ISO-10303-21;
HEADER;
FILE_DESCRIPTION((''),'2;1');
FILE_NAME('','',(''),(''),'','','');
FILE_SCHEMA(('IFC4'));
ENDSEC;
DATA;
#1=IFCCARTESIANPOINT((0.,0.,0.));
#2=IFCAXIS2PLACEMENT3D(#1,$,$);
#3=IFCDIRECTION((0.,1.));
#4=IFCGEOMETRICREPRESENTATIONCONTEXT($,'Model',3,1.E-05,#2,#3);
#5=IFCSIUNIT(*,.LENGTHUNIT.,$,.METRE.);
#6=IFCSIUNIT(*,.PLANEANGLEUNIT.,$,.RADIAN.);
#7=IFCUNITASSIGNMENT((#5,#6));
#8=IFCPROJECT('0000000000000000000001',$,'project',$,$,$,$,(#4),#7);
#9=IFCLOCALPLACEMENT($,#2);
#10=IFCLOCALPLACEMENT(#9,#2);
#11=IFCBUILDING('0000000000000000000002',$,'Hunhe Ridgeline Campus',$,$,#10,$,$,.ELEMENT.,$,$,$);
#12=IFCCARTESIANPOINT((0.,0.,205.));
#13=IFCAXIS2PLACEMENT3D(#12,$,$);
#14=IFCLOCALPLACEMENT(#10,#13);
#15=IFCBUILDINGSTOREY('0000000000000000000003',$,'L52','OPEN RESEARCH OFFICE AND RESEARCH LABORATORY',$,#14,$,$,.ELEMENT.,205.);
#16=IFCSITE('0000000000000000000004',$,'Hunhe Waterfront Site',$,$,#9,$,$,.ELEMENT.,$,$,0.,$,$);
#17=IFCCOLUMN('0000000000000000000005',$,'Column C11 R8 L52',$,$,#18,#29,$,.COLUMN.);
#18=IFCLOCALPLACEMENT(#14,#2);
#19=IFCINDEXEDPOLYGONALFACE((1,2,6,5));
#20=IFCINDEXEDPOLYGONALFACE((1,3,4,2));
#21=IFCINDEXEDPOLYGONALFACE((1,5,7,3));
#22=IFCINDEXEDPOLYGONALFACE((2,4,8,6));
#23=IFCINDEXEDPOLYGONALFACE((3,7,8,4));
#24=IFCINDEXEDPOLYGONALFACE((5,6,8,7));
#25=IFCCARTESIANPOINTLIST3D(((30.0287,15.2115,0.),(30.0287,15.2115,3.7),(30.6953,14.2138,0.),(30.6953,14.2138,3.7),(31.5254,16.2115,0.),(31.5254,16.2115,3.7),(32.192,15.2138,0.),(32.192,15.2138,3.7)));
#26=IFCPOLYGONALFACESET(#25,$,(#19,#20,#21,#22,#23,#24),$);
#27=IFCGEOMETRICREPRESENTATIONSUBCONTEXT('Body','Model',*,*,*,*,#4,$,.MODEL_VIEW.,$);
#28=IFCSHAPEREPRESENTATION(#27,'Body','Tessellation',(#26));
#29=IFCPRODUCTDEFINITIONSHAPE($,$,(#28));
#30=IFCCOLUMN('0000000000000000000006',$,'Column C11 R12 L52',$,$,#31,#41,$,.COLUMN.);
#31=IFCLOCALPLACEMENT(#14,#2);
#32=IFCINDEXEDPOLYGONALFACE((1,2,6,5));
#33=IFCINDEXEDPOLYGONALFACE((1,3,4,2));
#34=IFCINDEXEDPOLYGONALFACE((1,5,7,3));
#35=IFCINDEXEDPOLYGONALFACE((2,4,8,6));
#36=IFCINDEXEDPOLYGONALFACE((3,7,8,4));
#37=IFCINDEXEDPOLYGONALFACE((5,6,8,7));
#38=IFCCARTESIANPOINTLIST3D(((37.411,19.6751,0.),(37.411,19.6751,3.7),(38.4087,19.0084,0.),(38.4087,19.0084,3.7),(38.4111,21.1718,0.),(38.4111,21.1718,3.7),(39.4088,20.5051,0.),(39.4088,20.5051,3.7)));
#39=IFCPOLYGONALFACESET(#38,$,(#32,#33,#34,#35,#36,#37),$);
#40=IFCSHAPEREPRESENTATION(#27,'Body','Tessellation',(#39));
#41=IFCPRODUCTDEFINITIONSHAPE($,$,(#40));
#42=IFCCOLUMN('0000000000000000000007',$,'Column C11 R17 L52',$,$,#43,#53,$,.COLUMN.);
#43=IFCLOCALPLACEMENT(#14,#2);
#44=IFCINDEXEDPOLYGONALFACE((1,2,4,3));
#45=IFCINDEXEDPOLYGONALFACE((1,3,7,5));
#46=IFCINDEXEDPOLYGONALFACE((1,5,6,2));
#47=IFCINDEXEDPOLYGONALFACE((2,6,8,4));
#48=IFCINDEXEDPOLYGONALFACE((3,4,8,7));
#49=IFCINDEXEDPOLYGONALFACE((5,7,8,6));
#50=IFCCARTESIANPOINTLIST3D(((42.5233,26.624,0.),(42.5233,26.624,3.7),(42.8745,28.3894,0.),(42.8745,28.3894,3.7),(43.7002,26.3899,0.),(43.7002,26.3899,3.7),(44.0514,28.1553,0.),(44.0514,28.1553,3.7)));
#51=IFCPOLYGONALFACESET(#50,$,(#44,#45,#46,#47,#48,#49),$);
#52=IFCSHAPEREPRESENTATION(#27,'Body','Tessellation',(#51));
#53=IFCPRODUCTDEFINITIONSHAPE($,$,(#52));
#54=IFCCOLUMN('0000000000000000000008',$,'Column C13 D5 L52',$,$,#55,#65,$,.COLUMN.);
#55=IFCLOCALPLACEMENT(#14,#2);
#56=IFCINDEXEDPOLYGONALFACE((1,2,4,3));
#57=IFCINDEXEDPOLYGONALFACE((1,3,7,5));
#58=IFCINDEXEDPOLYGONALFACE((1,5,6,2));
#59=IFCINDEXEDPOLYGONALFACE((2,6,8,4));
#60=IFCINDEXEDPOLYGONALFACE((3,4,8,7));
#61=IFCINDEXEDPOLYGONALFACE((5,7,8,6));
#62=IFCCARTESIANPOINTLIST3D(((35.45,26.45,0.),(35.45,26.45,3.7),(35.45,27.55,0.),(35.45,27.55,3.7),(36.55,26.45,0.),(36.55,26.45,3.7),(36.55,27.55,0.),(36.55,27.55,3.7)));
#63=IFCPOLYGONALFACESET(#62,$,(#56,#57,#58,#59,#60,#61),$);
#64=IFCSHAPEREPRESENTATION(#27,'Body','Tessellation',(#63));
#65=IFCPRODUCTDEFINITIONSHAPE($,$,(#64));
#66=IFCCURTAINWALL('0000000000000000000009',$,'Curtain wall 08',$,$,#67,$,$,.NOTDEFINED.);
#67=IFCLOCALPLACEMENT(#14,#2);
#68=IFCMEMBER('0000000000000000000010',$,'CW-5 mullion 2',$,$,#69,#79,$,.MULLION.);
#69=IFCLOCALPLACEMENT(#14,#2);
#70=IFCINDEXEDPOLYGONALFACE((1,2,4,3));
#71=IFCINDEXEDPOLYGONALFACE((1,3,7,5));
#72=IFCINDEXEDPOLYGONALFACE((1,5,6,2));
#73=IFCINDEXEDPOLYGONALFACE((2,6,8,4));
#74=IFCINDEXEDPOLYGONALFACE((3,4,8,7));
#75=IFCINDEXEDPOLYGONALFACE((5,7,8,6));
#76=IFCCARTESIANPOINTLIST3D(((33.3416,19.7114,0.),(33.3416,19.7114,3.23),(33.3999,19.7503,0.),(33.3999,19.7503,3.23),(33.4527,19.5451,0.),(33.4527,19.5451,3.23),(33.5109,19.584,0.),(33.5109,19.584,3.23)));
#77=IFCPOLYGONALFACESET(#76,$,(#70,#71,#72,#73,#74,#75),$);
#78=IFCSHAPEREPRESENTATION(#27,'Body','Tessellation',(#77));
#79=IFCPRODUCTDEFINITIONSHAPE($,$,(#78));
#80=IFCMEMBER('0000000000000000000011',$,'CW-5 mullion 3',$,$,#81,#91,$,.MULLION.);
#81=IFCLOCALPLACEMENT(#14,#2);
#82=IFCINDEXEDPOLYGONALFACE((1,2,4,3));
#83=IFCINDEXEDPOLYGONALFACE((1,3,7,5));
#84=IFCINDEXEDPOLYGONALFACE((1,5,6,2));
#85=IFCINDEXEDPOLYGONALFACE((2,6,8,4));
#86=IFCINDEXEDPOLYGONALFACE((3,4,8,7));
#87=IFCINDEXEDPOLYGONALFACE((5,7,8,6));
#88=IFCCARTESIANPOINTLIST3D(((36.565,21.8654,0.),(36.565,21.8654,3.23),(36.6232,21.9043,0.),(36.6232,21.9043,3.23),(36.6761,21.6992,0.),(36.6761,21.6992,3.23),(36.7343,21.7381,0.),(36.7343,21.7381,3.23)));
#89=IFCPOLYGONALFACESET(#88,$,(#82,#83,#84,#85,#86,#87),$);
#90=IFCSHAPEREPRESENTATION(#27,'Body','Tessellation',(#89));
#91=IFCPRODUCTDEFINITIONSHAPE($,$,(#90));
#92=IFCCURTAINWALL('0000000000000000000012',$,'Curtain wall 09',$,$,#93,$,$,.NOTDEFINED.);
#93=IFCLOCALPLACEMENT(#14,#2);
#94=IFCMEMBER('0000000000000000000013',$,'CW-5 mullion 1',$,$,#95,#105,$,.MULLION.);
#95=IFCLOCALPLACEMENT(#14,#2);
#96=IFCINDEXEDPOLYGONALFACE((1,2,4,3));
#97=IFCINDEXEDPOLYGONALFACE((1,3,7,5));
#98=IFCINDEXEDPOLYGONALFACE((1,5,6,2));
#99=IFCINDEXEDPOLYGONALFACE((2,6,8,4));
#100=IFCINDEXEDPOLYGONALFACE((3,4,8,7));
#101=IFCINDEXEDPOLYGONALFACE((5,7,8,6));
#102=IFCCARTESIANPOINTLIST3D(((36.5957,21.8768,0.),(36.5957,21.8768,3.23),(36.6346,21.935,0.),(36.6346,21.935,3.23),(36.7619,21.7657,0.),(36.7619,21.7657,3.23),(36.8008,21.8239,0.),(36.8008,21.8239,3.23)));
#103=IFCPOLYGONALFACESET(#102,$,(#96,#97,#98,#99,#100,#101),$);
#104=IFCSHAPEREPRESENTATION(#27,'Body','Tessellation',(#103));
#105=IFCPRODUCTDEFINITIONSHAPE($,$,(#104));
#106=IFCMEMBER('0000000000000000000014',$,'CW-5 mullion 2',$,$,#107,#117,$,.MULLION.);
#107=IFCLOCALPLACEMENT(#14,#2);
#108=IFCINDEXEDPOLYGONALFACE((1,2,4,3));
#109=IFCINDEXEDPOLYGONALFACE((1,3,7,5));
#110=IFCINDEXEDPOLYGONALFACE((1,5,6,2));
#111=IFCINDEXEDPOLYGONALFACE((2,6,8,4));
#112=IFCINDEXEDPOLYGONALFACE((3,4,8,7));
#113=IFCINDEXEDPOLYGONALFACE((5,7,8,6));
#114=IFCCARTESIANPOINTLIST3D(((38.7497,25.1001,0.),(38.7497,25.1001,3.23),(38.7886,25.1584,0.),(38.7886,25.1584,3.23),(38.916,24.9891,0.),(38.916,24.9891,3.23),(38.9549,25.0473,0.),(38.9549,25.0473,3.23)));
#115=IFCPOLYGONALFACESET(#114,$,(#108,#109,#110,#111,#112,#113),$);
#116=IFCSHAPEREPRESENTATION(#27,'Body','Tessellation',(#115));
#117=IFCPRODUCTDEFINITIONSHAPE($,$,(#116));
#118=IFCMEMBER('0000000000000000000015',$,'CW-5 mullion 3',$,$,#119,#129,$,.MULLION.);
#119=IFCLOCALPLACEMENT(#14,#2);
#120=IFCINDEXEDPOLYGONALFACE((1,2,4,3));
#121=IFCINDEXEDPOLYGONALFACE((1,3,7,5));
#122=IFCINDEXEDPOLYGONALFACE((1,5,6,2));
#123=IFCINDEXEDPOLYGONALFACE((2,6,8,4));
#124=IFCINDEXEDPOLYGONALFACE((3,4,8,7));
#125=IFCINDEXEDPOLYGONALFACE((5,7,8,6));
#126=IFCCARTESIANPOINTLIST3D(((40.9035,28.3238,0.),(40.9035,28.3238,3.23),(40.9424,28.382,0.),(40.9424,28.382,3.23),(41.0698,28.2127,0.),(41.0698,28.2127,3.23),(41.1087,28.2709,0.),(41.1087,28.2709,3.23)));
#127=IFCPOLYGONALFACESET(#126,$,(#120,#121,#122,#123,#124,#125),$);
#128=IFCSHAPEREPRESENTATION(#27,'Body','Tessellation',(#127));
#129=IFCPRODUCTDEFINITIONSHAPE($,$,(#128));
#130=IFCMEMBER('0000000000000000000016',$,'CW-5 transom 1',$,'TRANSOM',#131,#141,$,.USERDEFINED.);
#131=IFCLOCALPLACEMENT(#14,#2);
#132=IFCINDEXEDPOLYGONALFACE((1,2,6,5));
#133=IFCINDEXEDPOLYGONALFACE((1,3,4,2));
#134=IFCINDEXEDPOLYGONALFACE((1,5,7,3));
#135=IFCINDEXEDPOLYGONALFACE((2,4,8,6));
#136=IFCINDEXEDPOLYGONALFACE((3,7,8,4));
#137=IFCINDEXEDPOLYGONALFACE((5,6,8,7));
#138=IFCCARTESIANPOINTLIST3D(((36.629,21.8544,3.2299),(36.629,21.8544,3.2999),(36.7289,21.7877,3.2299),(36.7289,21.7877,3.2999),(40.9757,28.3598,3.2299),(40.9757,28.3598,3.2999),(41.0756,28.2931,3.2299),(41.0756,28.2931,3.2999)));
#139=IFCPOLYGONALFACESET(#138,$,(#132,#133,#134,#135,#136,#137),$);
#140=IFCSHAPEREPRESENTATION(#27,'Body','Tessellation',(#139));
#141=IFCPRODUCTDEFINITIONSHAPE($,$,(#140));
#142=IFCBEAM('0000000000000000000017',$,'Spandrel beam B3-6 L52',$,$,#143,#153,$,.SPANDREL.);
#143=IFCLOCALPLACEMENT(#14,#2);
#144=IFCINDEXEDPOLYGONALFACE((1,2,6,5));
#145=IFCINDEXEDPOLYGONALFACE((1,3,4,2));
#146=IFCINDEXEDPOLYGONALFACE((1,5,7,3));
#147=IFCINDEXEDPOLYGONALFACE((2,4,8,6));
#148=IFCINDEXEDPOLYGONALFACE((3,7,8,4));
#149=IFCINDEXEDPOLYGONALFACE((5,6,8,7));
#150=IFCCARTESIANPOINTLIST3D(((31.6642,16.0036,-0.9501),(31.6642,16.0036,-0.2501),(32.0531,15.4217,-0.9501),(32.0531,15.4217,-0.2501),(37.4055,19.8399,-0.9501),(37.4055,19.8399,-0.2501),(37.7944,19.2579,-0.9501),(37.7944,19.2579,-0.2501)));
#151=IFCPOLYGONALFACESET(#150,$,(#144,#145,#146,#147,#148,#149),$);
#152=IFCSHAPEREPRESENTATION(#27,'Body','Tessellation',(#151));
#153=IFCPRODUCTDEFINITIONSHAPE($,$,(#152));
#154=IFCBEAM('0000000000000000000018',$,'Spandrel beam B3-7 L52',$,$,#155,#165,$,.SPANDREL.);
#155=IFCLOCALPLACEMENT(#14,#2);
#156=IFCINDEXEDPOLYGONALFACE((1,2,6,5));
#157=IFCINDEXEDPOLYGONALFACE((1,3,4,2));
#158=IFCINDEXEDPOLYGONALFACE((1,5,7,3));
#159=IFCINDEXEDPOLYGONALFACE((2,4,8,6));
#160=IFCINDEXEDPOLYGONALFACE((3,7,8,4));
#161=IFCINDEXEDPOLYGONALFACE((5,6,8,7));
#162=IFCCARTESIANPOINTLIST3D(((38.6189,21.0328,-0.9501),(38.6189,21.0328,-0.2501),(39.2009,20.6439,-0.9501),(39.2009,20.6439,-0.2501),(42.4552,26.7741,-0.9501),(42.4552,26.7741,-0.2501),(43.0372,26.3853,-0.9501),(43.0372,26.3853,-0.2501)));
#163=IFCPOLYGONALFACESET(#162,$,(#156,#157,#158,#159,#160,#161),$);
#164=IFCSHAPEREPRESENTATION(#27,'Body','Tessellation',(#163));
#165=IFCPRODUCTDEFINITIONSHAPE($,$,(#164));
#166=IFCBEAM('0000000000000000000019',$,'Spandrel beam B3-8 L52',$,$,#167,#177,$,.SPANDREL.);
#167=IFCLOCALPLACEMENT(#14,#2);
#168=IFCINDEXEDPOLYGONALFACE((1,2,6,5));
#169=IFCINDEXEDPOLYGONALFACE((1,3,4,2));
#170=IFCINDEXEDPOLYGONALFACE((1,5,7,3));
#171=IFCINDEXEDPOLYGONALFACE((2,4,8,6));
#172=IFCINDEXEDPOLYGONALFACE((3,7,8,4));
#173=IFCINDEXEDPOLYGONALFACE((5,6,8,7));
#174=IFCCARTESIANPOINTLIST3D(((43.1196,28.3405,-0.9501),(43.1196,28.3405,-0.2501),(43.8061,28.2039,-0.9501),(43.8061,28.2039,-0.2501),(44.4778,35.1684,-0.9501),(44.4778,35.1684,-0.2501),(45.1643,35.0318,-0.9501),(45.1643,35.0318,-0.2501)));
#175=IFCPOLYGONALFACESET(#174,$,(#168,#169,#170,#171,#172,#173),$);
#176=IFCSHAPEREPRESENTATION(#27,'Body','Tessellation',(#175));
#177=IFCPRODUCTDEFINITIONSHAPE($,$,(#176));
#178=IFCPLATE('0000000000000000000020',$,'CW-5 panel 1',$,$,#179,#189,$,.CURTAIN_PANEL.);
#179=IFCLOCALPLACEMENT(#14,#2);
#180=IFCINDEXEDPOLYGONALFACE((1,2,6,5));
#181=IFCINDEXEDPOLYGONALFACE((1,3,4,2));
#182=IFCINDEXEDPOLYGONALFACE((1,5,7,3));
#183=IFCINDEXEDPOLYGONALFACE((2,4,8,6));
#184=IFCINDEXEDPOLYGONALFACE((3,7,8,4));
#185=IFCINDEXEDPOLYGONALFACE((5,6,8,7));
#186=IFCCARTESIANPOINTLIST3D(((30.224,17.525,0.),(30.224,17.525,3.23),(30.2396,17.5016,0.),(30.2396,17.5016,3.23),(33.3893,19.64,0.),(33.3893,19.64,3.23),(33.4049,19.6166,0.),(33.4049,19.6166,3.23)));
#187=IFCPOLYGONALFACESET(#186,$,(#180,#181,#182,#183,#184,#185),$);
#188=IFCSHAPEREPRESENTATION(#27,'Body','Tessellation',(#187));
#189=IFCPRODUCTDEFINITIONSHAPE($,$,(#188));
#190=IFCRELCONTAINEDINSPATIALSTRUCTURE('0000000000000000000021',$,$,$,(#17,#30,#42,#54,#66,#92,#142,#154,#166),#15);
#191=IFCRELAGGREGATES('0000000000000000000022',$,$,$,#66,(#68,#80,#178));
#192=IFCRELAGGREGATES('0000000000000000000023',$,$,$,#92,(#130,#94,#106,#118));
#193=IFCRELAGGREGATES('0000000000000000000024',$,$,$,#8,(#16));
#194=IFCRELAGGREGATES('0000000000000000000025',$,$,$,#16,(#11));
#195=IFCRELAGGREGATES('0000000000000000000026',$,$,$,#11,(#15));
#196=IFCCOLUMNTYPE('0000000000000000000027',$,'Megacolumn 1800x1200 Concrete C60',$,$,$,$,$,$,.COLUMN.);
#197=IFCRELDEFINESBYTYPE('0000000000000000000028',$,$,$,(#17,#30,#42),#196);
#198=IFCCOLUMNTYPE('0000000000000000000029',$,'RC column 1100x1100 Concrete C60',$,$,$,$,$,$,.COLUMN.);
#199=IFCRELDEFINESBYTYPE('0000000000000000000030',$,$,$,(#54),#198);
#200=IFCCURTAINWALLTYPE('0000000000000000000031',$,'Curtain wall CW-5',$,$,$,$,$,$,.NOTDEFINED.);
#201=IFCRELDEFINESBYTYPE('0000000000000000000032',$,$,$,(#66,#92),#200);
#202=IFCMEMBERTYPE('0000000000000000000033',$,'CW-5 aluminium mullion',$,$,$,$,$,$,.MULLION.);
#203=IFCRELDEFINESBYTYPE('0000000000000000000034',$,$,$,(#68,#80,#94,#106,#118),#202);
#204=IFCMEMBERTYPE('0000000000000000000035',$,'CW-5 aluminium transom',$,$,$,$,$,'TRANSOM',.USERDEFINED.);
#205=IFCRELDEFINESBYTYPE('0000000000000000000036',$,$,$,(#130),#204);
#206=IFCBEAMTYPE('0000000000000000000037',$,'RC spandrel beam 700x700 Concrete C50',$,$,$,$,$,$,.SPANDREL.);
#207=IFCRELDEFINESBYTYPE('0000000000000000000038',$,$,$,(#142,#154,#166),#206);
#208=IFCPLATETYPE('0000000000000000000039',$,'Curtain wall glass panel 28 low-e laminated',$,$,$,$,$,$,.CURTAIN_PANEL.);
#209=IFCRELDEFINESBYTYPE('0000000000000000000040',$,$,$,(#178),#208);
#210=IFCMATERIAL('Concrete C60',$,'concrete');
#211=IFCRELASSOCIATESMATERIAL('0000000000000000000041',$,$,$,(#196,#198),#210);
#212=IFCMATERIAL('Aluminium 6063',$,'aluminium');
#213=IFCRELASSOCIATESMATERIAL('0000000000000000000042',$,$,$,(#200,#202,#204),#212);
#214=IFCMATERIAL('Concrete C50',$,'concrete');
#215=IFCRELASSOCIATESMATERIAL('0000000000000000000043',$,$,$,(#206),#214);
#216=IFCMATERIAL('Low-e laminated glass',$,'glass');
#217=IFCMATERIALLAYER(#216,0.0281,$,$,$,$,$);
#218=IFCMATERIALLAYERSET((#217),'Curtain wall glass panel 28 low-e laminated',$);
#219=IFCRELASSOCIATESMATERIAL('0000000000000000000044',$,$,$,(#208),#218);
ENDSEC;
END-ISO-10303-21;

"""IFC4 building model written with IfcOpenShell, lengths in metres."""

from ifc_helpers import new_model, si_unit, direction, frame, origin, origin_2d, place, context, subcontext, project, spatial, rectangle, extrude, material, layer, layer_set, material_profile, profile_set, type_object, element, aggregate, save


model = new_model("IFC4")

# Units and contexts
model_context = context("Model", 3, precision=1e-05, world=origin(), true_north=direction((0.0, 1.0)))
body_context = subcontext(model_context, "Body", "Model", "MODEL_VIEW")
ifc_project = project(units=[si_unit("LENGTHUNIT", "METRE"), si_unit("PLANEANGLEUNIT", "RADIAN")], contexts=[model_context])

# Site, building, storey
site_placement = place(None, origin())
site = spatial("IfcSite", under=ifc_project, at=site_placement, Name="Hunhe Waterfront Site", CompositionType="ELEMENT", RefElevation=0.0)
building_placement = place(site_placement, origin())
building = spatial("IfcBuilding", under=site, at=building_placement, Name="Hunhe Ridgeline Campus", CompositionType="ELEMENT")
storey_placement = place(building_placement, frame((0.0, 0.0, 205.0)))
storey = spatial("IfcBuildingStorey", under=building, at=storey_placement, Name="L52", Description="OPEN RESEARCH OFFICE AND RESEARCH LABORATORY", CompositionType="ELEMENT", Elevation=205.0)

# Columns
ifc_material_1 = material(Name="Concrete C60", Category="concrete")
ifc_material_profile_1 = material_profile(ifc_material_1, rectangle(XDim=1.8, YDim=1.2, at=origin_2d()))
ifc_profile_set_1 = profile_set([ifc_material_profile_1], Name="Concrete C60")
column_type_1 = type_object("IfcColumnType", Name="Megacolumn 1800x1200 Concrete C60", PredefinedType="COLUMN", material=ifc_profile_set_1)
for number, where, z_axis, x_axis, name in (
    (1, (31.1104, 15.2126, 0.0), (0.0, 0.0, 1.0), (0.83147, 0.55557, 0.0), "Column C11 R8 L52"),
    (2, (38.4099, 20.0901, 0.0), (0.0, 0.0, 1.0), (0.55557, 0.83147, 0.0), "Column C11 R12 L52"),
    (3, (43.2874, 27.3896, 0.0), (0.0, 0.0, 1.0), (0.19509, 0.980785, 0.0), "Column C11 R17 L52"),
):
    element("IfcColumn", number, at=place(storey_placement, frame(where, z_axis=z_axis, x_axis=x_axis)), inside=storey, type_object=column_type_1, Name=name, PredefinedType="COLUMN", context=body_context, shape_type="SweptSolid", body=[
        extrude(rectangle(XDim=1.8, YDim=1.2, at=origin_2d()), origin(), (0.0, 0.0, 1.0), 3.7),
    ])
ifc_material_profile_2 = material_profile(ifc_material_1, rectangle(XDim=1.1001, YDim=1.1001, at=origin_2d()))
ifc_profile_set_2 = profile_set([ifc_material_profile_2], Name="Concrete C60")
column_type_2 = type_object("IfcColumnType", Name="RC column 1100x1100 Concrete C60", PredefinedType="COLUMN", material=ifc_profile_set_2)
column_placement = place(storey_placement, frame((36.0, 27.0, 0.0), z_axis=(0.0, 0.0, 1.0), x_axis=(1.0, 0.0, 0.0)))
element("IfcColumn", 4, at=column_placement, inside=storey, type_object=column_type_2, Name="Column C13 D5 L52", PredefinedType="COLUMN", context=body_context, shape_type="SweptSolid", body=[
    extrude(rectangle(XDim=1.1001, YDim=1.1001, at=origin_2d()), origin(), (0.0, 0.0, 1.0), 3.7),
])

# Curtain walls, members
ifc_material_2 = material(Name="Aluminium 6063", Category="aluminium")
curtain_wall_type = type_object("IfcCurtainWallType", Name="Curtain wall CW-5", PredefinedType="NOTDEFINED", material=ifc_material_2)
curtain_wall_1_placement = place(storey_placement, origin())
curtain_wall_1 = element("IfcCurtainWall", 5, at=curtain_wall_1_placement, inside=storey, type_object=curtain_wall_type, Name="Curtain wall 08", PredefinedType="NOTDEFINED")
ifc_material_profile_3 = material_profile(ifc_material_2, rectangle(XDim=0.2, YDim=0.0701, at=origin_2d()))
ifc_profile_set_3 = profile_set([ifc_material_profile_3], Name="Aluminium 6063")
member_type_1 = type_object("IfcMemberType", Name="CW-5 aluminium mullion", PredefinedType="MULLION", material=ifc_profile_set_3)
member_1_placement = place(storey_placement, frame((33.4263, 19.6477, 0.0), z_axis=(0.0, 0.0, 1.0), x_axis=(-0.55557, 0.83147, 0.0)))
member_1 = element("IfcMember", 6, at=member_1_placement, type_object=member_type_1, Name="CW-5 mullion 2", PredefinedType="MULLION", context=body_context, shape_type="SweptSolid", body=[
    extrude(rectangle(XDim=0.2, YDim=0.0701, at=origin_2d()), origin(), (0.0, 0.0, 1.0), 3.23),
])
member_2_placement = place(storey_placement, frame((36.6497, 21.8018, 0.0), z_axis=(0.0, 0.0, 1.0), x_axis=(-0.55557, 0.83147, 0.0)))
member_2 = element("IfcMember", 7, at=member_2_placement, type_object=member_type_1, Name="CW-5 mullion 3", PredefinedType="MULLION", context=body_context, shape_type="SweptSolid", body=[
    extrude(rectangle(XDim=0.2, YDim=0.0701, at=origin_2d()), origin(), (0.0, 0.0, 1.0), 3.23),
])
curtain_wall_2_placement = place(storey_placement, origin())
curtain_wall_2 = element("IfcCurtainWall", 8, at=curtain_wall_2_placement, inside=storey, type_object=curtain_wall_type, Name="Curtain wall 09", PredefinedType="NOTDEFINED")
member_3_placement = place(storey_placement, frame((36.6982, 21.8503, 0.0), z_axis=(0.0, 0.0, 1.0), x_axis=(-0.83147, 0.55557, 0.0)))
member_3 = element("IfcMember", 9, at=member_3_placement, type_object=member_type_1, Name="CW-5 mullion 1", PredefinedType="MULLION", context=body_context, shape_type="SweptSolid", body=[
    extrude(rectangle(XDim=0.2, YDim=0.0701, at=origin_2d()), origin(), (0.0, 0.0, 1.0), 3.23),
])
member_4_placement = place(storey_placement, frame((38.8523, 25.0737, 0.0), z_axis=(0.0, 0.0, 1.0), x_axis=(-0.83147, 0.55557, 0.0)))
member_4 = element("IfcMember", 10, at=member_4_placement, type_object=member_type_1, Name="CW-5 mullion 2", PredefinedType="MULLION", context=body_context, shape_type="SweptSolid", body=[
    extrude(rectangle(XDim=0.2, YDim=0.0701, at=origin_2d()), origin(), (0.0, 0.0, 1.0), 3.23),
])
member_5_placement = place(storey_placement, frame((41.0061, 28.2974, 0.0), z_axis=(0.0, 0.0, 1.0), x_axis=(-0.83147, 0.55557, 0.0)))
member_5 = element("IfcMember", 11, at=member_5_placement, type_object=member_type_1, Name="CW-5 mullion 3", PredefinedType="MULLION", context=body_context, shape_type="SweptSolid", body=[
    extrude(rectangle(XDim=0.2, YDim=0.0701, at=origin_2d()), origin(), (0.0, 0.0, 1.0), 3.23),
])
ifc_material_profile_4 = material_profile(ifc_material_2, rectangle(XDim=0.1201, YDim=0.0701, at=origin_2d()))
ifc_profile_set_4 = profile_set([ifc_material_profile_4], Name="Aluminium 6063")
member_type_2 = type_object("IfcMemberType", Name="CW-5 aluminium transom", ElementType="TRANSOM", PredefinedType="USERDEFINED", material=ifc_profile_set_4)
member_6_placement = place(storey_placement, frame((36.679, 21.821, 3.2649), z_axis=(0.555564, 0.831474, 0.0), x_axis=(-0.831474, 0.555564, 0.0)))
member_6 = element("IfcMember", 12, at=member_6_placement, type_object=member_type_2, Name="CW-5 transom 1", ObjectType="TRANSOM", PredefinedType="USERDEFINED", context=body_context, shape_type="SweptSolid", body=[
    extrude(rectangle(XDim=0.1201, YDim=0.0701, at=origin_2d()), origin(), (0.0, 0.0, 1.0), 7.824),
])

# Beams
ifc_material_3 = material(Name="Concrete C50", Category="concrete")
ifc_material_profile_5 = material_profile(ifc_material_3, rectangle(XDim=0.7, YDim=0.7, at=origin_2d()))
ifc_profile_set_5 = profile_set([ifc_material_profile_5], Name="Concrete C50")
beam_type = type_object("IfcBeamType", Name="RC spandrel beam 700x700 Concrete C50", PredefinedType="SPANDREL", material=ifc_profile_set_5)
for number, where, z_axis, x_axis, name in (
    (13, (31.8586, 15.7126, -0.6001), (0.831468, 0.555573, 0.0), (-0.555573, 0.831468, 0.0), "Spandrel beam B3-6 L52"),
    (14, (38.9099, 20.8384, -0.6001), (0.555573, 0.831468, 0.0), (-0.831468, 0.555573, 0.0), "Spandrel beam B3-7 L52"),
):
    element("IfcBeam", number, at=place(storey_placement, frame(where, z_axis=z_axis, x_axis=x_axis)), inside=storey, type_object=beam_type, Name=name, PredefinedType="SPANDREL", context=body_context, shape_type="SweptSolid", body=[
        extrude(rectangle(XDim=0.7, YDim=0.7, at=origin_2d()), origin(), (0.0, 0.0, 1.0), 6.905),
    ])
beam_placement = place(storey_placement, frame((43.4629, 28.2722, -0.6001), z_axis=(0.195091, 0.980785, 0.0), x_axis=(-0.980785, 0.195091, 0.0)))
element("IfcBeam", 15, at=beam_placement, inside=storey, type_object=beam_type, Name="Spandrel beam B3-8 L52", PredefinedType="SPANDREL", context=body_context, shape_type="SweptSolid", body=[
    extrude(rectangle(XDim=0.7, YDim=0.7, at=origin_2d()), origin(), (0.0, 0.0, 1.0), 6.9617),
])

# Plate
ifc_material_4 = material(Name="Low-e laminated glass", Category="glass")
ifc_layer_1 = layer(ifc_material_4, 0.0281)
ifc_layer_set_1 = layer_set([ifc_layer_1], Name="Curtain wall glass panel 28 low-e laminated")
plate_type = type_object("IfcPlateType", Name="Curtain wall glass panel 28 low-e laminated", PredefinedType="CURTAIN_PANEL", material=ifc_layer_set_1)
plate_1_placement = place(storey_placement, frame((31.8145, 18.5708, 0.0), z_axis=(0.0, 0.0, 1.0), x_axis=(0.83147, 0.55557, 0.0)))
plate_1 = element("IfcPlate", 16, at=plate_1_placement, type_object=plate_type, Name="CW-5 panel 1", PredefinedType="CURTAIN_PANEL", context=body_context, shape_type="SweptSolid", body=[
    extrude(rectangle(XDim=3.8069, YDim=0.0281, at=origin_2d()), origin(), (0.0, 0.0, 1.0), 3.23),
])
aggregate(curtain_wall_1, [member_1, member_2, plate_1])
aggregate(curtain_wall_2, [member_6, member_3, member_4, member_5])

save(model, "model.ifc")
